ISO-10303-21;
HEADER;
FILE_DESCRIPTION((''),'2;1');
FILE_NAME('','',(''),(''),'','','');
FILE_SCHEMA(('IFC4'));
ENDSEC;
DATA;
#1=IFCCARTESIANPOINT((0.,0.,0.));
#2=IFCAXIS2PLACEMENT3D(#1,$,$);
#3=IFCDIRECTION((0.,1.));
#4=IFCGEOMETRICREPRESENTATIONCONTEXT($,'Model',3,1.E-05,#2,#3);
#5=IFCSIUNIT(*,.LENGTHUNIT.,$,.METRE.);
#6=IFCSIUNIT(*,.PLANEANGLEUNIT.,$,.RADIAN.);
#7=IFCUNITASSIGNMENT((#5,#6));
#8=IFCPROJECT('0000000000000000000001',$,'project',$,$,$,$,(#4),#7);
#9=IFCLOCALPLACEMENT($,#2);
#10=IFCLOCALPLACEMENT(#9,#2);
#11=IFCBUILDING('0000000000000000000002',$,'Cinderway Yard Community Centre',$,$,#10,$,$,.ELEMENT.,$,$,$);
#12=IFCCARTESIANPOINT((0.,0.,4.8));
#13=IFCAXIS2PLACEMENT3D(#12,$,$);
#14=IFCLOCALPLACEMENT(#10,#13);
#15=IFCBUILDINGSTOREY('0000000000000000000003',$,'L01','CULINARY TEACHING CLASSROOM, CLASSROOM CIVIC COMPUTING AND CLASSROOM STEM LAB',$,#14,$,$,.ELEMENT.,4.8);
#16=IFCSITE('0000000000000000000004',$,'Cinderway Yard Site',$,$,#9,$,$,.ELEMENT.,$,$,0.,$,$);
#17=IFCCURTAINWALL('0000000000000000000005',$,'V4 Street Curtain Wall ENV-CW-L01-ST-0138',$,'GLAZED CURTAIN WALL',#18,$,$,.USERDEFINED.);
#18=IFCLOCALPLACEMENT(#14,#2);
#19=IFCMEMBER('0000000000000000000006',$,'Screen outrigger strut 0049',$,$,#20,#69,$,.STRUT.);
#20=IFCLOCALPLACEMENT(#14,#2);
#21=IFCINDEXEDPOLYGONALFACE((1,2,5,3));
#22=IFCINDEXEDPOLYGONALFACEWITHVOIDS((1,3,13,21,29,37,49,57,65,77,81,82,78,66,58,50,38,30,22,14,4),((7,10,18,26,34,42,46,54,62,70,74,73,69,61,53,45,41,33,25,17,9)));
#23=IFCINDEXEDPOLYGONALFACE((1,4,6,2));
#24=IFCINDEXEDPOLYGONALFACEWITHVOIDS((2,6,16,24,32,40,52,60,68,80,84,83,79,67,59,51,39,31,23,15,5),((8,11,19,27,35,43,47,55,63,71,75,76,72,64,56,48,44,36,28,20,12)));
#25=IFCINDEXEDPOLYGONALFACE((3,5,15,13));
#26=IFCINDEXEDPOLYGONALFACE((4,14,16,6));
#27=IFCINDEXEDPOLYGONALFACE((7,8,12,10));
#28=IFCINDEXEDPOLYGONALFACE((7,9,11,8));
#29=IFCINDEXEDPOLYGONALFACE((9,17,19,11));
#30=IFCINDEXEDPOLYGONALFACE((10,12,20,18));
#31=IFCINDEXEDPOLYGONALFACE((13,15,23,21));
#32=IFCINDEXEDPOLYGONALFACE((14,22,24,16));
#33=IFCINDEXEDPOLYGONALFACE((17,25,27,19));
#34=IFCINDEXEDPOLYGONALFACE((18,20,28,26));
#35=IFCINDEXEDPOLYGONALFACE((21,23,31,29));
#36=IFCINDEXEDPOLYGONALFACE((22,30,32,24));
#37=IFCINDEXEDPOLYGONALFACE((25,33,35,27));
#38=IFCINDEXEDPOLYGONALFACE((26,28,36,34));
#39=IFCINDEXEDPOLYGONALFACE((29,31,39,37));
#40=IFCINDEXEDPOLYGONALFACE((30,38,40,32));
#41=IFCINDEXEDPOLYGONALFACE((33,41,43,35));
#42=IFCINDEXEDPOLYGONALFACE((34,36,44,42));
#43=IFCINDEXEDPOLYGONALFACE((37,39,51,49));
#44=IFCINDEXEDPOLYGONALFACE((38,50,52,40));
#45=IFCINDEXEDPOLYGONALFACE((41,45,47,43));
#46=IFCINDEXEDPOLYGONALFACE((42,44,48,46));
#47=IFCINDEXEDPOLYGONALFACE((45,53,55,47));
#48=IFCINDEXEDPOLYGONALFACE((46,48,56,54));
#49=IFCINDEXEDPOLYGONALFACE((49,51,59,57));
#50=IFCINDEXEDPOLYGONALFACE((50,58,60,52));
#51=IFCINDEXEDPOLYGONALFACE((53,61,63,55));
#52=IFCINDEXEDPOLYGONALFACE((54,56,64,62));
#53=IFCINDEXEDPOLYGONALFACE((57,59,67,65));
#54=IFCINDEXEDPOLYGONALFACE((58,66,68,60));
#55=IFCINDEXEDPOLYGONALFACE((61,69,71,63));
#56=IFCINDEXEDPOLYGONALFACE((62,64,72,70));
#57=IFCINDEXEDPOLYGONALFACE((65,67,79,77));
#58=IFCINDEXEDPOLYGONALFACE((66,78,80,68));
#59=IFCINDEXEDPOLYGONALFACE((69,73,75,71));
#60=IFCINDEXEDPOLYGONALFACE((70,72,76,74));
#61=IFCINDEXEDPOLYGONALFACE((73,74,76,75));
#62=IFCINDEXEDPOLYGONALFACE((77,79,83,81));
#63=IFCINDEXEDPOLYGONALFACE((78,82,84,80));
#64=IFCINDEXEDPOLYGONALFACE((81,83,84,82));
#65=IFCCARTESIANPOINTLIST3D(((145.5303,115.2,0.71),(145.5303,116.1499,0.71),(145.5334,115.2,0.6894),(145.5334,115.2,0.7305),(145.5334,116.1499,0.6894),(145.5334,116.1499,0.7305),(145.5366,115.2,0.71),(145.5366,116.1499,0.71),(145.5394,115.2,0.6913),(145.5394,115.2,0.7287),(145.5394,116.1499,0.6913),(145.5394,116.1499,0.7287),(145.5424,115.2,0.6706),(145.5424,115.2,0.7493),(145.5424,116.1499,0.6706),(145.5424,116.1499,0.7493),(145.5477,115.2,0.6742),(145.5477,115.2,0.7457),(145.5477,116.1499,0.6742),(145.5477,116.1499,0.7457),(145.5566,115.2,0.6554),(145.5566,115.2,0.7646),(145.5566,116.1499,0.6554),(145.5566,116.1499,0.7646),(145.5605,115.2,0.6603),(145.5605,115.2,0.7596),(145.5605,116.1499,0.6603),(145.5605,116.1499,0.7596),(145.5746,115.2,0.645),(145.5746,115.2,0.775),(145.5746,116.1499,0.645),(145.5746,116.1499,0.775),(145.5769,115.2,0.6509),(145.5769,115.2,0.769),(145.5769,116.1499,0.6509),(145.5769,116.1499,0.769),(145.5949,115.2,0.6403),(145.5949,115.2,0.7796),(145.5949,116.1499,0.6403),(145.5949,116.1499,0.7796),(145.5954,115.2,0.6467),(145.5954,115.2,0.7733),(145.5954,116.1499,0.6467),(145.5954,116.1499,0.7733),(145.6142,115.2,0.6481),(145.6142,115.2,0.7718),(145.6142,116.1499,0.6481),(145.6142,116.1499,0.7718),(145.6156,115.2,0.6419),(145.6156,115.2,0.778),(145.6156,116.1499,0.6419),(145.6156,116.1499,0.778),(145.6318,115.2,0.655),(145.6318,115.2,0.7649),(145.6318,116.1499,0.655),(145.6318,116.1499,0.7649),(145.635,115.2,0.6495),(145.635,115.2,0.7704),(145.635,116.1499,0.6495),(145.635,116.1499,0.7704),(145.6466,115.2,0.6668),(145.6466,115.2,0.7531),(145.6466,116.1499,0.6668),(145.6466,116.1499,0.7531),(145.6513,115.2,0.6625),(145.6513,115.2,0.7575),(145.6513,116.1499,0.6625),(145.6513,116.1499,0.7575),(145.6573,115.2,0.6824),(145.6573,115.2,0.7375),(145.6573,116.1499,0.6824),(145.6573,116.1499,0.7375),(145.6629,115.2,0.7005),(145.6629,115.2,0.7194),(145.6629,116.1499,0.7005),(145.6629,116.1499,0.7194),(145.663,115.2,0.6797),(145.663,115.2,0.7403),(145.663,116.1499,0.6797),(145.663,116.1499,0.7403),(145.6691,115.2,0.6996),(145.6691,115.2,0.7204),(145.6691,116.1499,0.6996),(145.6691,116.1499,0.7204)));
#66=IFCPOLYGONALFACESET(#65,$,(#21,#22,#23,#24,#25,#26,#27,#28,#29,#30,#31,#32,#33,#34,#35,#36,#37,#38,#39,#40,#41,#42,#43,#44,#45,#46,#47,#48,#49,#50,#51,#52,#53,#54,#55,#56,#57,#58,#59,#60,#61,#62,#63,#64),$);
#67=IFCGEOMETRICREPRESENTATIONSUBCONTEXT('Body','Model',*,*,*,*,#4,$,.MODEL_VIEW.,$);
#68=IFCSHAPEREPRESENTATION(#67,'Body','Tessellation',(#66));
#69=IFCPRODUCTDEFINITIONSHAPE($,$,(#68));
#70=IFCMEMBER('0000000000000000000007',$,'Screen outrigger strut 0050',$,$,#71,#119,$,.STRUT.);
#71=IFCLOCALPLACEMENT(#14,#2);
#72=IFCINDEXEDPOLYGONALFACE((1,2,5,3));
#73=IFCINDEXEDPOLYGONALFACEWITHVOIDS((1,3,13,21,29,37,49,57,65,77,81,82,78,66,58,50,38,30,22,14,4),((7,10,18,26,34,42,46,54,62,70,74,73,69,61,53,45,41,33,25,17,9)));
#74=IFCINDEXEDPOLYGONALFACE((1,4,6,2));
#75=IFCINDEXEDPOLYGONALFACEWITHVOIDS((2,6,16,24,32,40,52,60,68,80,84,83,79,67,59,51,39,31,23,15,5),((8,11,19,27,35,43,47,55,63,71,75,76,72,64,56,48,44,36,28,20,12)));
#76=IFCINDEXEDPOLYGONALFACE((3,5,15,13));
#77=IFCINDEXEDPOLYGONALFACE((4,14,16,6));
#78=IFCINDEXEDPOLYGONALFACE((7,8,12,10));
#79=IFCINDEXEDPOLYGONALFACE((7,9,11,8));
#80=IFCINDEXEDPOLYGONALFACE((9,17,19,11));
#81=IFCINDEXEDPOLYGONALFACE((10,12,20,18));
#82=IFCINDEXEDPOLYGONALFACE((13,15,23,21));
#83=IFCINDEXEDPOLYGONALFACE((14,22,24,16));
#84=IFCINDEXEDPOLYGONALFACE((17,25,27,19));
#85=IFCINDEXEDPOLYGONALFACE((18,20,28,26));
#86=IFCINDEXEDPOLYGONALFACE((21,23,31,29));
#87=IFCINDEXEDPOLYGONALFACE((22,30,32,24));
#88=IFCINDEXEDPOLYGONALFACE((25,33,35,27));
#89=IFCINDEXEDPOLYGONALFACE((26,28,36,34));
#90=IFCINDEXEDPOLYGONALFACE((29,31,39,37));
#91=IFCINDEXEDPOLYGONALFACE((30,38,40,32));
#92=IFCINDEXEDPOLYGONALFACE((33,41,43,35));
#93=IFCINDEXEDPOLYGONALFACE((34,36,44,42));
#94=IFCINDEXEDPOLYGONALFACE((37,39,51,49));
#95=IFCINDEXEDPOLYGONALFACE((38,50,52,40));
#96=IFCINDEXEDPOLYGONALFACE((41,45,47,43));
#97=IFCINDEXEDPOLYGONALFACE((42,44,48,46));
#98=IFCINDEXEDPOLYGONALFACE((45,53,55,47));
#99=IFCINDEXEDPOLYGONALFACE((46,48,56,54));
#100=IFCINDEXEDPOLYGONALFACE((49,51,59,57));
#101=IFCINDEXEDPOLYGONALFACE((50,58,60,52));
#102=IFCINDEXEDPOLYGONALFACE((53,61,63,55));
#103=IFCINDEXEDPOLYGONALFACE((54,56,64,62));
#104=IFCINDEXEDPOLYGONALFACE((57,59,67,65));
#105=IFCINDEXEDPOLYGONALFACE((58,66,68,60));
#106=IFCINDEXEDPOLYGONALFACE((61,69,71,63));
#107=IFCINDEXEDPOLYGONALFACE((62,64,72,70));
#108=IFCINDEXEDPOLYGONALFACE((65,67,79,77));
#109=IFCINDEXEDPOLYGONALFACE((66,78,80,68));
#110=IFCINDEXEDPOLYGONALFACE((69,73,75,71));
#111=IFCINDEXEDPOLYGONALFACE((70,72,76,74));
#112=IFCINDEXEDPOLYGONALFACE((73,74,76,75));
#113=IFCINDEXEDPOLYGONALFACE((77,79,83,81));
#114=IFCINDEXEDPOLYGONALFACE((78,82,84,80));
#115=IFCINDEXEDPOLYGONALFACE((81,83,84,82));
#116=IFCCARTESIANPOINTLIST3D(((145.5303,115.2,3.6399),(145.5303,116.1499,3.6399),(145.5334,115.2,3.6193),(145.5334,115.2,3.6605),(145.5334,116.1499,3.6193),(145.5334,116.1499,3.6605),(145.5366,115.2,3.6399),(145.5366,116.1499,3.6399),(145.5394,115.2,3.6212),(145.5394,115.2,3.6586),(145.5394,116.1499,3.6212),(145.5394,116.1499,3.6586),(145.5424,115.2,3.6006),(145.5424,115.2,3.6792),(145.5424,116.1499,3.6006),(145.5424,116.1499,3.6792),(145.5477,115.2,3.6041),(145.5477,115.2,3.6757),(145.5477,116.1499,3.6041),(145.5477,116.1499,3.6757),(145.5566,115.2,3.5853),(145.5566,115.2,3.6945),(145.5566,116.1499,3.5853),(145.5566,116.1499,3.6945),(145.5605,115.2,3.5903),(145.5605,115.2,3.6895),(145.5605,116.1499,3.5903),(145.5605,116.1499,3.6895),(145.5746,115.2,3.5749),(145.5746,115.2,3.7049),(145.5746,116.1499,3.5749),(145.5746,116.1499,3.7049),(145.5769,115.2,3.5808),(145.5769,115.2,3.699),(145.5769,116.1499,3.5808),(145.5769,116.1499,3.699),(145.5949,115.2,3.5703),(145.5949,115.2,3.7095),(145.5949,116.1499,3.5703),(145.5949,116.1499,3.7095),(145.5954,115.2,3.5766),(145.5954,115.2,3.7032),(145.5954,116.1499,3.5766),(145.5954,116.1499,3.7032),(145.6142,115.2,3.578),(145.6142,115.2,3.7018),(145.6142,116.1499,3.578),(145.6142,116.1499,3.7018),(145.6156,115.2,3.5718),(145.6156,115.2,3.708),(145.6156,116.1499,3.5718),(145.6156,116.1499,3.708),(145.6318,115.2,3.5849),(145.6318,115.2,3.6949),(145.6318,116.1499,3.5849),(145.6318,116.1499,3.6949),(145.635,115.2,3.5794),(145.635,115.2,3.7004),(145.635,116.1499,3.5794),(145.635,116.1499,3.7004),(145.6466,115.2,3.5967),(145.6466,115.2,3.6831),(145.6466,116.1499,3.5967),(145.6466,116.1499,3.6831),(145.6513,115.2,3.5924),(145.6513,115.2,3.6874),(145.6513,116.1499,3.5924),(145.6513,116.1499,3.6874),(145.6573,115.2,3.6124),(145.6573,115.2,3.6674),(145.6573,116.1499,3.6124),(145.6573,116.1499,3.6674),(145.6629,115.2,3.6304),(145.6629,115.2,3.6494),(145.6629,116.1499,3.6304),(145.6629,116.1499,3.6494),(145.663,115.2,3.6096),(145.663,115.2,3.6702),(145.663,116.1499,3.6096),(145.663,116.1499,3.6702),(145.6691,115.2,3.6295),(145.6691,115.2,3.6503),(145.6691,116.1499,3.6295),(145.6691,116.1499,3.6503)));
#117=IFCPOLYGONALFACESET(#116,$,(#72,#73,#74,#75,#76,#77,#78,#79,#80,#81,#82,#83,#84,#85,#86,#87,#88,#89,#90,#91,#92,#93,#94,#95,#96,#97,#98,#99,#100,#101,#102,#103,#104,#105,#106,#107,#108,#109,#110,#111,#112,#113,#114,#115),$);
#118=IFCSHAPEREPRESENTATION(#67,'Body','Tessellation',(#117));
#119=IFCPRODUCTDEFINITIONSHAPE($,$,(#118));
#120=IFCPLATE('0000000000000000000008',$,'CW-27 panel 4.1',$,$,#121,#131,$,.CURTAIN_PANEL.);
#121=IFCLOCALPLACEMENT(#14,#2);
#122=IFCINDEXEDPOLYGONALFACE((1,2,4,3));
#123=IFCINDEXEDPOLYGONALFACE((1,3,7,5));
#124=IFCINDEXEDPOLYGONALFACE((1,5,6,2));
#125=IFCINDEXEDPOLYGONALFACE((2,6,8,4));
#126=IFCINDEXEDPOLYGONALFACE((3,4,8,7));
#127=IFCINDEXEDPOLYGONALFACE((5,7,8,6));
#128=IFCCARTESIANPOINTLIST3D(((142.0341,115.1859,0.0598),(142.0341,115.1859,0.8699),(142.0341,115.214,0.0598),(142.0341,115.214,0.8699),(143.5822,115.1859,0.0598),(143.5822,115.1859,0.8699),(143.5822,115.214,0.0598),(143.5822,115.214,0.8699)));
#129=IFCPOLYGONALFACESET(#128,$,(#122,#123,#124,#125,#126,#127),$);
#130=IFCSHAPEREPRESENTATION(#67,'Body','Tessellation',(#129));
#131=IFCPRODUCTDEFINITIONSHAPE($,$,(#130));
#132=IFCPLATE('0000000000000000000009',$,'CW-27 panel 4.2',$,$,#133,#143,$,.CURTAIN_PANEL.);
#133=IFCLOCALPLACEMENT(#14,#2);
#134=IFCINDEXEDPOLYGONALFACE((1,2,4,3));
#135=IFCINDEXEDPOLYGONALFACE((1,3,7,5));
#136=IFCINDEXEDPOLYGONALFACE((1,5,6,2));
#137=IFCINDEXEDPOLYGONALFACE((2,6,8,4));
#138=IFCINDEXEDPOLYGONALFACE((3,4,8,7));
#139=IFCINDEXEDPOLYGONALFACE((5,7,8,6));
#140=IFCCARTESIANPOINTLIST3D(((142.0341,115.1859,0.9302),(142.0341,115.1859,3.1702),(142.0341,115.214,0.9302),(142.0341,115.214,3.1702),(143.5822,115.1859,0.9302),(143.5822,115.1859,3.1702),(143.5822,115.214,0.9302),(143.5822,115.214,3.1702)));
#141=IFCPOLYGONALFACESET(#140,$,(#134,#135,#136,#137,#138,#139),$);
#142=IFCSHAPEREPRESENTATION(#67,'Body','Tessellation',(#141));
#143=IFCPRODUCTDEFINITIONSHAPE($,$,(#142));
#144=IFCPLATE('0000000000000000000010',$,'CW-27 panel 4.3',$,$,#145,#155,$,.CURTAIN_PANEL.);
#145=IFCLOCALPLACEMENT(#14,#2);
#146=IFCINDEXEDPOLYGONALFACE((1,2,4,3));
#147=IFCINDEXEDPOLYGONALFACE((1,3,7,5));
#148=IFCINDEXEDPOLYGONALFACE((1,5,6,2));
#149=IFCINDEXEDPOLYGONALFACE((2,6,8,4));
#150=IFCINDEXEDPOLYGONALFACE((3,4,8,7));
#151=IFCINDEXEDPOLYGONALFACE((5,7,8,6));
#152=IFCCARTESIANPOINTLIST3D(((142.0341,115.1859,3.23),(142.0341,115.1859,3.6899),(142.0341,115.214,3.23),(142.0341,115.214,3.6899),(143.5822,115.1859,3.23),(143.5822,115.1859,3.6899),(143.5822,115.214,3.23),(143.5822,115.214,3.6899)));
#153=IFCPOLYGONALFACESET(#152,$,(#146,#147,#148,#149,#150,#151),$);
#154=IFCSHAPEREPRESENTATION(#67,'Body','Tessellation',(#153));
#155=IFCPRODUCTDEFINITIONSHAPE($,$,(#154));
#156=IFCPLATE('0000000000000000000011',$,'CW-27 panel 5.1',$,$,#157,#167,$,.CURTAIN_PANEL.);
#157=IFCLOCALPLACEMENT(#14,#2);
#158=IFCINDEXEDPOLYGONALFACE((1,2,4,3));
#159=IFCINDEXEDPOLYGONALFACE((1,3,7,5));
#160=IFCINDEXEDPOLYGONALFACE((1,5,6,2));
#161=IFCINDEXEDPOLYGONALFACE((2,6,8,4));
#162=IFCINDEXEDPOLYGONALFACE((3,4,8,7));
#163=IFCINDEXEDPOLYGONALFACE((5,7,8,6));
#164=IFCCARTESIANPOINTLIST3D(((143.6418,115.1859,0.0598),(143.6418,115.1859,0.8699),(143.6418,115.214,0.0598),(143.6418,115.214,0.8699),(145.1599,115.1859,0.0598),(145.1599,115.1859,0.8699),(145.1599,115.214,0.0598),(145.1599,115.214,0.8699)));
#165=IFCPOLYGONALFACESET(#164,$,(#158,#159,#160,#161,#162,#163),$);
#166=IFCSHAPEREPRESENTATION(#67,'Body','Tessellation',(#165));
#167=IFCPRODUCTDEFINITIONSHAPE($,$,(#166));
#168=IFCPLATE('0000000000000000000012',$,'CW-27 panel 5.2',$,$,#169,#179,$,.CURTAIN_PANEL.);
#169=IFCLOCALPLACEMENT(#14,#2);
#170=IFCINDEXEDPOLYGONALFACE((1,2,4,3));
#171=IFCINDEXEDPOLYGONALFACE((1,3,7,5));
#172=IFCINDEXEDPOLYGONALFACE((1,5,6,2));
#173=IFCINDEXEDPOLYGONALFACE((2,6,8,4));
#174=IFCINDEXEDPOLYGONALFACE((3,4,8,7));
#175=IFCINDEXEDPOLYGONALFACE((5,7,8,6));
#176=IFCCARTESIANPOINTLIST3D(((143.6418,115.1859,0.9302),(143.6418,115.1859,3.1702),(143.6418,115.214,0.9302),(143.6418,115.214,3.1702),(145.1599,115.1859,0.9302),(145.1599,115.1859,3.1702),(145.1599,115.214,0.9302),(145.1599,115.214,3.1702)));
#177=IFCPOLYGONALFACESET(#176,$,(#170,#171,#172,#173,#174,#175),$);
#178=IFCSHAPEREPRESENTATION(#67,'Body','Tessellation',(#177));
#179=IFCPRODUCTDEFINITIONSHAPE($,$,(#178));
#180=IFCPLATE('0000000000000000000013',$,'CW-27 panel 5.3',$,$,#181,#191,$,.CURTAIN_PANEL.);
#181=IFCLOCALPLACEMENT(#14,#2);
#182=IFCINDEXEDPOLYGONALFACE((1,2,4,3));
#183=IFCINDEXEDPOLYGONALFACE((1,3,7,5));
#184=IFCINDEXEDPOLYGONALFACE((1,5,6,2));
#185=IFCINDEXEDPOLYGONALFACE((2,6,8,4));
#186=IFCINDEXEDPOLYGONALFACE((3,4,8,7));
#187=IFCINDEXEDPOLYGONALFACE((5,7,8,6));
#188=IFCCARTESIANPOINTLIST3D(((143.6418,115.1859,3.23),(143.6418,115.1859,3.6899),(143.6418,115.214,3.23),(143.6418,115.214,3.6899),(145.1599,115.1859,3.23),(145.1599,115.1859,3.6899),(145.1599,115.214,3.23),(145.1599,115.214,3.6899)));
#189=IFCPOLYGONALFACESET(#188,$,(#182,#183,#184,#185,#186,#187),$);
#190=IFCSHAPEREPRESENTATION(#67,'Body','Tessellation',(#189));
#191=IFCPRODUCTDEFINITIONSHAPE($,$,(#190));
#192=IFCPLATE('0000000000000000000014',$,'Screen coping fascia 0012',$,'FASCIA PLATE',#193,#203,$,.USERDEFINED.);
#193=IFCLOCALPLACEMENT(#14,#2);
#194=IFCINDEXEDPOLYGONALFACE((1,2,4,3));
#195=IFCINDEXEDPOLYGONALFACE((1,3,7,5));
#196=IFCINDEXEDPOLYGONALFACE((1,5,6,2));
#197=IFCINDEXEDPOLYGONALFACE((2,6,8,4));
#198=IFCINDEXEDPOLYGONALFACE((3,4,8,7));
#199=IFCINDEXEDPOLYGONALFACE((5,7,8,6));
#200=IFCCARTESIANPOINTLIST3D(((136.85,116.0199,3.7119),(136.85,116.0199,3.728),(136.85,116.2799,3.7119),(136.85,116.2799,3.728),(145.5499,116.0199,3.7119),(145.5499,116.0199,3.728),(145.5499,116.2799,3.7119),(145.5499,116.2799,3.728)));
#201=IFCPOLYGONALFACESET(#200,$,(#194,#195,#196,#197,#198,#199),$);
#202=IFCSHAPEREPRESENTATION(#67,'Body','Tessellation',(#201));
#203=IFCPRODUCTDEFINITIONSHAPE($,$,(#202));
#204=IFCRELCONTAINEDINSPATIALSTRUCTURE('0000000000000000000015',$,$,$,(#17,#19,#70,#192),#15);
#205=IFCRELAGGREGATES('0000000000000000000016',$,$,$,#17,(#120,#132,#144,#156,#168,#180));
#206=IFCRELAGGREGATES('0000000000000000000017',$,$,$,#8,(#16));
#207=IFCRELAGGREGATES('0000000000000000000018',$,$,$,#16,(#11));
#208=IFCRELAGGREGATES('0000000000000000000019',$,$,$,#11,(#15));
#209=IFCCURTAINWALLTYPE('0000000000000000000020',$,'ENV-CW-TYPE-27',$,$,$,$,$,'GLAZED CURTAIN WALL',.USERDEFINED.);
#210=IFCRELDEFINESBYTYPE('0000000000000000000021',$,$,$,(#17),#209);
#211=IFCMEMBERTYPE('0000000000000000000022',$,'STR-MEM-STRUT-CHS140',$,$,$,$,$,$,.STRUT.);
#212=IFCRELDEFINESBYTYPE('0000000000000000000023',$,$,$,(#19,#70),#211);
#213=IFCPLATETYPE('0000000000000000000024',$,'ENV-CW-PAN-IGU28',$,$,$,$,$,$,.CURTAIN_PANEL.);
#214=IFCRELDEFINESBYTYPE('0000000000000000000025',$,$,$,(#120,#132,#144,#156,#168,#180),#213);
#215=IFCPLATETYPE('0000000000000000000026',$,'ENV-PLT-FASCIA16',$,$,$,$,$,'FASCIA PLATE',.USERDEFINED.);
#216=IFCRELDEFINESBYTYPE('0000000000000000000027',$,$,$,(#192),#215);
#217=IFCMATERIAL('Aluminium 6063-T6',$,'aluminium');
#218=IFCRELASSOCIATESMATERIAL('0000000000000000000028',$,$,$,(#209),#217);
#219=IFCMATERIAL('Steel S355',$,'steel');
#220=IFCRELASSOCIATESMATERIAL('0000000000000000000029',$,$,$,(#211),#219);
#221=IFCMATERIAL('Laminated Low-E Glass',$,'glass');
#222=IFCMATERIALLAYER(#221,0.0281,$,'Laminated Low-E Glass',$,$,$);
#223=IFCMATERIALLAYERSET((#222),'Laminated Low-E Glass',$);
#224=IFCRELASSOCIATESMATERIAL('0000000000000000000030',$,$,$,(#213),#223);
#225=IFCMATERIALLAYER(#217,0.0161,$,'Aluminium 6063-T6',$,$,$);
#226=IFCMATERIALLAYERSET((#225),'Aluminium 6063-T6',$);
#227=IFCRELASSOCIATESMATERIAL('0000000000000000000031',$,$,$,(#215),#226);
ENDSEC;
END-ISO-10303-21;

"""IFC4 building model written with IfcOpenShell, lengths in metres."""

from ifc_helpers import new_model, si_unit, direction, frame, origin, origin_2d, place, context, subcontext, project, spatial, rectangle, hollow_circle, extrude, material, layer, layer_set, material_profile, profile_set, type_object, element, aggregate, save


model = new_model("IFC4")

# Units and contexts
model_context = context("Model", 3, precision=1e-05, world=origin(), true_north=direction((0.0, 1.0)))
body_context = subcontext(model_context, "Body", "Model", "MODEL_VIEW")
ifc_project = project(units=[si_unit("LENGTHUNIT", "METRE"), si_unit("PLANEANGLEUNIT", "RADIAN")], contexts=[model_context])

# Site, building, storey
site_placement = place(None, origin())
site = spatial("IfcSite", under=ifc_project, at=site_placement, Name="Cinderway Yard Site", CompositionType="ELEMENT", RefElevation=0.0)
building_placement = place(site_placement, origin())
building = spatial("IfcBuilding", under=site, at=building_placement, Name="Cinderway Yard Community Centre", CompositionType="ELEMENT")
storey_placement = place(building_placement, frame((0.0, 0.0, 4.8)))
storey = spatial("IfcBuildingStorey", under=building, at=storey_placement, Name="L01", Description="CULINARY TEACHING CLASSROOM, CLASSROOM CIVIC COMPUTING AND CLASSROOM STEM LAB", CompositionType="ELEMENT", Elevation=4.8)

# Curtain wall
ifc_material_1 = material(Name="Aluminium 6063-T6", Category="aluminium")
curtain_wall_type = type_object("IfcCurtainWallType", Name="ENV-CW-TYPE-27", ElementType="GLAZED CURTAIN WALL", PredefinedType="USERDEFINED", material=ifc_material_1)
curtain_wall_placement = place(storey_placement, origin())
curtain_wall = element("IfcCurtainWall", 1, at=curtain_wall_placement, inside=storey, type_object=curtain_wall_type, Name="V4 Street Curtain Wall ENV-CW-L01-ST-0138", ObjectType="GLAZED CURTAIN WALL", PredefinedType="USERDEFINED")

# Members
ifc_material_2 = material(Name="Steel S355", Category="steel")
ifc_material_profile_1 = material_profile(ifc_material_2, hollow_circle(Radius=0.0698, WallThickness=0.0063, at=origin_2d()), Name="Steel S355")
ifc_profile_set_1 = profile_set([ifc_material_profile_1], Name="Steel S355")
member_type_1 = type_object("IfcMemberType", Name="STR-MEM-STRUT-CHS140", PredefinedType="STRUT", material=ifc_profile_set_1)
for number, where, z_axis, x_axis, name in (
    (2, (145.6001, 115.2, 0.71), (0.0, 1.0, 0.0), (-1.0, 0.0, 0.0), "Screen outrigger strut 0049"),
    (3, (145.6001, 115.2, 3.6399), (0.0, 1.0, 0.0), (-1.0, 0.0, 0.0), "Screen outrigger strut 0050"),
):
    element("IfcMember", number, at=place(storey_placement, frame(where, z_axis=z_axis, x_axis=x_axis)), inside=storey, type_object=member_type_1, Name=name, PredefinedType="STRUT", context=body_context, shape_type="SweptSolid", body=[
        extrude(hollow_circle(Radius=0.0698, WallThickness=0.0063, at=origin_2d()), origin(), (0.0, 0.0, 1.0), 0.95),
    ])

# Plates
ifc_material_3 = material(Name="Laminated Low-E Glass", Category="glass")
ifc_layer_1 = layer(ifc_material_3, 0.0281, Name="Laminated Low-E Glass")
ifc_layer_set_1 = layer_set([ifc_layer_1], Name="Laminated Low-E Glass")
plate_type_1 = type_object("IfcPlateType", Name="ENV-CW-PAN-IGU28", PredefinedType="CURTAIN_PANEL", material=ifc_layer_set_1)
plate_1_placement = place(storey_placement, frame((142.8081, 115.2, 0.0598), z_axis=(0.0, 0.0, 1.0), x_axis=(1.0, 0.0, 0.0)))
plate_1 = element("IfcPlate", 4, at=plate_1_placement, type_object=plate_type_1, Name="CW-27 panel 4.1", PredefinedType="CURTAIN_PANEL", context=body_context, shape_type="SweptSolid", body=[
    extrude(rectangle(XDim=1.5481, YDim=0.0281, at=origin_2d()), origin(), (0.0, 0.0, 1.0), 0.8101),
])
plate_2_placement = place(storey_placement, frame((142.8081, 115.2, 0.9302), z_axis=(0.0, 0.0, 1.0), x_axis=(1.0, 0.0, 0.0)))
plate_2 = element("IfcPlate", 5, at=plate_2_placement, type_object=plate_type_1, Name="CW-27 panel 4.2", PredefinedType="CURTAIN_PANEL", context=body_context, shape_type="SweptSolid", body=[
    extrude(rectangle(XDim=1.5481, YDim=0.0281, at=origin_2d()), origin(), (0.0, 0.0, 1.0), 2.24),
])
plate_3_placement = place(storey_placement, frame((142.8081, 115.2, 3.23), z_axis=(0.0, 0.0, 1.0), x_axis=(1.0, 0.0, 0.0)))
plate_3 = element("IfcPlate", 6, at=plate_3_placement, type_object=plate_type_1, Name="CW-27 panel 4.3", PredefinedType="CURTAIN_PANEL", context=body_context, shape_type="SweptSolid", body=[
    extrude(rectangle(XDim=1.5481, YDim=0.0281, at=origin_2d()), origin(), (0.0, 0.0, 1.0), 0.46),
])
plate_4_placement = place(storey_placement, frame((144.4009, 115.2, 0.0598), z_axis=(0.0, 0.0, 1.0), x_axis=(1.0, 0.0, 0.0)))
plate_4 = element("IfcPlate", 7, at=plate_4_placement, type_object=plate_type_1, Name="CW-27 panel 5.1", PredefinedType="CURTAIN_PANEL", context=body_context, shape_type="SweptSolid", body=[
    extrude(rectangle(XDim=1.5181, YDim=0.0281, at=origin_2d()), origin(), (0.0, 0.0, 1.0), 0.8101),
])
plate_5_placement = place(storey_placement, frame((144.4009, 115.2, 0.9302), z_axis=(0.0, 0.0, 1.0), x_axis=(1.0, 0.0, 0.0)))
plate_5 = element("IfcPlate", 8, at=plate_5_placement, type_object=plate_type_1, Name="CW-27 panel 5.2", PredefinedType="CURTAIN_PANEL", context=body_context, shape_type="SweptSolid", body=[
    extrude(rectangle(XDim=1.5181, YDim=0.0281, at=origin_2d()), origin(), (0.0, 0.0, 1.0), 2.24),
])
plate_6_placement = place(storey_placement, frame((144.4009, 115.2, 3.23), z_axis=(0.0, 0.0, 1.0), x_axis=(1.0, 0.0, 0.0)))
plate_6 = element("IfcPlate", 9, at=plate_6_placement, type_object=plate_type_1, Name="CW-27 panel 5.3", PredefinedType="CURTAIN_PANEL", context=body_context, shape_type="SweptSolid", body=[
    extrude(rectangle(XDim=1.5181, YDim=0.0281, at=origin_2d()), origin(), (0.0, 0.0, 1.0), 0.46),
])
aggregate(curtain_wall, [plate_1, plate_2, plate_3, plate_4, plate_5, plate_6])
ifc_layer_2 = layer(ifc_material_1, 0.0161, Name="Aluminium 6063-T6")
ifc_layer_set_2 = layer_set([ifc_layer_2], Name="Aluminium 6063-T6")
plate_type_2 = type_object("IfcPlateType", Name="ENV-PLT-FASCIA16", ElementType="FASCIA PLATE", PredefinedType="USERDEFINED", material=ifc_layer_set_2)
plate_7_placement = place(storey_placement, frame((141.2, 116.1499, 3.7119), z_axis=(0.0, 0.0, 1.0), x_axis=(1.0, 0.0, 0.0)))
element("IfcPlate", 10, at=plate_7_placement, inside=storey, type_object=plate_type_2, Name="Screen coping fascia 0012", ObjectType="FASCIA PLATE", PredefinedType="USERDEFINED", context=body_context, shape_type="SweptSolid", body=[
    extrude(rectangle(XDim=8.7, YDim=0.26, at=origin_2d()), origin(), (0.0, 0.0, 1.0), 0.0161),
])

save(model, "model.ifc")
